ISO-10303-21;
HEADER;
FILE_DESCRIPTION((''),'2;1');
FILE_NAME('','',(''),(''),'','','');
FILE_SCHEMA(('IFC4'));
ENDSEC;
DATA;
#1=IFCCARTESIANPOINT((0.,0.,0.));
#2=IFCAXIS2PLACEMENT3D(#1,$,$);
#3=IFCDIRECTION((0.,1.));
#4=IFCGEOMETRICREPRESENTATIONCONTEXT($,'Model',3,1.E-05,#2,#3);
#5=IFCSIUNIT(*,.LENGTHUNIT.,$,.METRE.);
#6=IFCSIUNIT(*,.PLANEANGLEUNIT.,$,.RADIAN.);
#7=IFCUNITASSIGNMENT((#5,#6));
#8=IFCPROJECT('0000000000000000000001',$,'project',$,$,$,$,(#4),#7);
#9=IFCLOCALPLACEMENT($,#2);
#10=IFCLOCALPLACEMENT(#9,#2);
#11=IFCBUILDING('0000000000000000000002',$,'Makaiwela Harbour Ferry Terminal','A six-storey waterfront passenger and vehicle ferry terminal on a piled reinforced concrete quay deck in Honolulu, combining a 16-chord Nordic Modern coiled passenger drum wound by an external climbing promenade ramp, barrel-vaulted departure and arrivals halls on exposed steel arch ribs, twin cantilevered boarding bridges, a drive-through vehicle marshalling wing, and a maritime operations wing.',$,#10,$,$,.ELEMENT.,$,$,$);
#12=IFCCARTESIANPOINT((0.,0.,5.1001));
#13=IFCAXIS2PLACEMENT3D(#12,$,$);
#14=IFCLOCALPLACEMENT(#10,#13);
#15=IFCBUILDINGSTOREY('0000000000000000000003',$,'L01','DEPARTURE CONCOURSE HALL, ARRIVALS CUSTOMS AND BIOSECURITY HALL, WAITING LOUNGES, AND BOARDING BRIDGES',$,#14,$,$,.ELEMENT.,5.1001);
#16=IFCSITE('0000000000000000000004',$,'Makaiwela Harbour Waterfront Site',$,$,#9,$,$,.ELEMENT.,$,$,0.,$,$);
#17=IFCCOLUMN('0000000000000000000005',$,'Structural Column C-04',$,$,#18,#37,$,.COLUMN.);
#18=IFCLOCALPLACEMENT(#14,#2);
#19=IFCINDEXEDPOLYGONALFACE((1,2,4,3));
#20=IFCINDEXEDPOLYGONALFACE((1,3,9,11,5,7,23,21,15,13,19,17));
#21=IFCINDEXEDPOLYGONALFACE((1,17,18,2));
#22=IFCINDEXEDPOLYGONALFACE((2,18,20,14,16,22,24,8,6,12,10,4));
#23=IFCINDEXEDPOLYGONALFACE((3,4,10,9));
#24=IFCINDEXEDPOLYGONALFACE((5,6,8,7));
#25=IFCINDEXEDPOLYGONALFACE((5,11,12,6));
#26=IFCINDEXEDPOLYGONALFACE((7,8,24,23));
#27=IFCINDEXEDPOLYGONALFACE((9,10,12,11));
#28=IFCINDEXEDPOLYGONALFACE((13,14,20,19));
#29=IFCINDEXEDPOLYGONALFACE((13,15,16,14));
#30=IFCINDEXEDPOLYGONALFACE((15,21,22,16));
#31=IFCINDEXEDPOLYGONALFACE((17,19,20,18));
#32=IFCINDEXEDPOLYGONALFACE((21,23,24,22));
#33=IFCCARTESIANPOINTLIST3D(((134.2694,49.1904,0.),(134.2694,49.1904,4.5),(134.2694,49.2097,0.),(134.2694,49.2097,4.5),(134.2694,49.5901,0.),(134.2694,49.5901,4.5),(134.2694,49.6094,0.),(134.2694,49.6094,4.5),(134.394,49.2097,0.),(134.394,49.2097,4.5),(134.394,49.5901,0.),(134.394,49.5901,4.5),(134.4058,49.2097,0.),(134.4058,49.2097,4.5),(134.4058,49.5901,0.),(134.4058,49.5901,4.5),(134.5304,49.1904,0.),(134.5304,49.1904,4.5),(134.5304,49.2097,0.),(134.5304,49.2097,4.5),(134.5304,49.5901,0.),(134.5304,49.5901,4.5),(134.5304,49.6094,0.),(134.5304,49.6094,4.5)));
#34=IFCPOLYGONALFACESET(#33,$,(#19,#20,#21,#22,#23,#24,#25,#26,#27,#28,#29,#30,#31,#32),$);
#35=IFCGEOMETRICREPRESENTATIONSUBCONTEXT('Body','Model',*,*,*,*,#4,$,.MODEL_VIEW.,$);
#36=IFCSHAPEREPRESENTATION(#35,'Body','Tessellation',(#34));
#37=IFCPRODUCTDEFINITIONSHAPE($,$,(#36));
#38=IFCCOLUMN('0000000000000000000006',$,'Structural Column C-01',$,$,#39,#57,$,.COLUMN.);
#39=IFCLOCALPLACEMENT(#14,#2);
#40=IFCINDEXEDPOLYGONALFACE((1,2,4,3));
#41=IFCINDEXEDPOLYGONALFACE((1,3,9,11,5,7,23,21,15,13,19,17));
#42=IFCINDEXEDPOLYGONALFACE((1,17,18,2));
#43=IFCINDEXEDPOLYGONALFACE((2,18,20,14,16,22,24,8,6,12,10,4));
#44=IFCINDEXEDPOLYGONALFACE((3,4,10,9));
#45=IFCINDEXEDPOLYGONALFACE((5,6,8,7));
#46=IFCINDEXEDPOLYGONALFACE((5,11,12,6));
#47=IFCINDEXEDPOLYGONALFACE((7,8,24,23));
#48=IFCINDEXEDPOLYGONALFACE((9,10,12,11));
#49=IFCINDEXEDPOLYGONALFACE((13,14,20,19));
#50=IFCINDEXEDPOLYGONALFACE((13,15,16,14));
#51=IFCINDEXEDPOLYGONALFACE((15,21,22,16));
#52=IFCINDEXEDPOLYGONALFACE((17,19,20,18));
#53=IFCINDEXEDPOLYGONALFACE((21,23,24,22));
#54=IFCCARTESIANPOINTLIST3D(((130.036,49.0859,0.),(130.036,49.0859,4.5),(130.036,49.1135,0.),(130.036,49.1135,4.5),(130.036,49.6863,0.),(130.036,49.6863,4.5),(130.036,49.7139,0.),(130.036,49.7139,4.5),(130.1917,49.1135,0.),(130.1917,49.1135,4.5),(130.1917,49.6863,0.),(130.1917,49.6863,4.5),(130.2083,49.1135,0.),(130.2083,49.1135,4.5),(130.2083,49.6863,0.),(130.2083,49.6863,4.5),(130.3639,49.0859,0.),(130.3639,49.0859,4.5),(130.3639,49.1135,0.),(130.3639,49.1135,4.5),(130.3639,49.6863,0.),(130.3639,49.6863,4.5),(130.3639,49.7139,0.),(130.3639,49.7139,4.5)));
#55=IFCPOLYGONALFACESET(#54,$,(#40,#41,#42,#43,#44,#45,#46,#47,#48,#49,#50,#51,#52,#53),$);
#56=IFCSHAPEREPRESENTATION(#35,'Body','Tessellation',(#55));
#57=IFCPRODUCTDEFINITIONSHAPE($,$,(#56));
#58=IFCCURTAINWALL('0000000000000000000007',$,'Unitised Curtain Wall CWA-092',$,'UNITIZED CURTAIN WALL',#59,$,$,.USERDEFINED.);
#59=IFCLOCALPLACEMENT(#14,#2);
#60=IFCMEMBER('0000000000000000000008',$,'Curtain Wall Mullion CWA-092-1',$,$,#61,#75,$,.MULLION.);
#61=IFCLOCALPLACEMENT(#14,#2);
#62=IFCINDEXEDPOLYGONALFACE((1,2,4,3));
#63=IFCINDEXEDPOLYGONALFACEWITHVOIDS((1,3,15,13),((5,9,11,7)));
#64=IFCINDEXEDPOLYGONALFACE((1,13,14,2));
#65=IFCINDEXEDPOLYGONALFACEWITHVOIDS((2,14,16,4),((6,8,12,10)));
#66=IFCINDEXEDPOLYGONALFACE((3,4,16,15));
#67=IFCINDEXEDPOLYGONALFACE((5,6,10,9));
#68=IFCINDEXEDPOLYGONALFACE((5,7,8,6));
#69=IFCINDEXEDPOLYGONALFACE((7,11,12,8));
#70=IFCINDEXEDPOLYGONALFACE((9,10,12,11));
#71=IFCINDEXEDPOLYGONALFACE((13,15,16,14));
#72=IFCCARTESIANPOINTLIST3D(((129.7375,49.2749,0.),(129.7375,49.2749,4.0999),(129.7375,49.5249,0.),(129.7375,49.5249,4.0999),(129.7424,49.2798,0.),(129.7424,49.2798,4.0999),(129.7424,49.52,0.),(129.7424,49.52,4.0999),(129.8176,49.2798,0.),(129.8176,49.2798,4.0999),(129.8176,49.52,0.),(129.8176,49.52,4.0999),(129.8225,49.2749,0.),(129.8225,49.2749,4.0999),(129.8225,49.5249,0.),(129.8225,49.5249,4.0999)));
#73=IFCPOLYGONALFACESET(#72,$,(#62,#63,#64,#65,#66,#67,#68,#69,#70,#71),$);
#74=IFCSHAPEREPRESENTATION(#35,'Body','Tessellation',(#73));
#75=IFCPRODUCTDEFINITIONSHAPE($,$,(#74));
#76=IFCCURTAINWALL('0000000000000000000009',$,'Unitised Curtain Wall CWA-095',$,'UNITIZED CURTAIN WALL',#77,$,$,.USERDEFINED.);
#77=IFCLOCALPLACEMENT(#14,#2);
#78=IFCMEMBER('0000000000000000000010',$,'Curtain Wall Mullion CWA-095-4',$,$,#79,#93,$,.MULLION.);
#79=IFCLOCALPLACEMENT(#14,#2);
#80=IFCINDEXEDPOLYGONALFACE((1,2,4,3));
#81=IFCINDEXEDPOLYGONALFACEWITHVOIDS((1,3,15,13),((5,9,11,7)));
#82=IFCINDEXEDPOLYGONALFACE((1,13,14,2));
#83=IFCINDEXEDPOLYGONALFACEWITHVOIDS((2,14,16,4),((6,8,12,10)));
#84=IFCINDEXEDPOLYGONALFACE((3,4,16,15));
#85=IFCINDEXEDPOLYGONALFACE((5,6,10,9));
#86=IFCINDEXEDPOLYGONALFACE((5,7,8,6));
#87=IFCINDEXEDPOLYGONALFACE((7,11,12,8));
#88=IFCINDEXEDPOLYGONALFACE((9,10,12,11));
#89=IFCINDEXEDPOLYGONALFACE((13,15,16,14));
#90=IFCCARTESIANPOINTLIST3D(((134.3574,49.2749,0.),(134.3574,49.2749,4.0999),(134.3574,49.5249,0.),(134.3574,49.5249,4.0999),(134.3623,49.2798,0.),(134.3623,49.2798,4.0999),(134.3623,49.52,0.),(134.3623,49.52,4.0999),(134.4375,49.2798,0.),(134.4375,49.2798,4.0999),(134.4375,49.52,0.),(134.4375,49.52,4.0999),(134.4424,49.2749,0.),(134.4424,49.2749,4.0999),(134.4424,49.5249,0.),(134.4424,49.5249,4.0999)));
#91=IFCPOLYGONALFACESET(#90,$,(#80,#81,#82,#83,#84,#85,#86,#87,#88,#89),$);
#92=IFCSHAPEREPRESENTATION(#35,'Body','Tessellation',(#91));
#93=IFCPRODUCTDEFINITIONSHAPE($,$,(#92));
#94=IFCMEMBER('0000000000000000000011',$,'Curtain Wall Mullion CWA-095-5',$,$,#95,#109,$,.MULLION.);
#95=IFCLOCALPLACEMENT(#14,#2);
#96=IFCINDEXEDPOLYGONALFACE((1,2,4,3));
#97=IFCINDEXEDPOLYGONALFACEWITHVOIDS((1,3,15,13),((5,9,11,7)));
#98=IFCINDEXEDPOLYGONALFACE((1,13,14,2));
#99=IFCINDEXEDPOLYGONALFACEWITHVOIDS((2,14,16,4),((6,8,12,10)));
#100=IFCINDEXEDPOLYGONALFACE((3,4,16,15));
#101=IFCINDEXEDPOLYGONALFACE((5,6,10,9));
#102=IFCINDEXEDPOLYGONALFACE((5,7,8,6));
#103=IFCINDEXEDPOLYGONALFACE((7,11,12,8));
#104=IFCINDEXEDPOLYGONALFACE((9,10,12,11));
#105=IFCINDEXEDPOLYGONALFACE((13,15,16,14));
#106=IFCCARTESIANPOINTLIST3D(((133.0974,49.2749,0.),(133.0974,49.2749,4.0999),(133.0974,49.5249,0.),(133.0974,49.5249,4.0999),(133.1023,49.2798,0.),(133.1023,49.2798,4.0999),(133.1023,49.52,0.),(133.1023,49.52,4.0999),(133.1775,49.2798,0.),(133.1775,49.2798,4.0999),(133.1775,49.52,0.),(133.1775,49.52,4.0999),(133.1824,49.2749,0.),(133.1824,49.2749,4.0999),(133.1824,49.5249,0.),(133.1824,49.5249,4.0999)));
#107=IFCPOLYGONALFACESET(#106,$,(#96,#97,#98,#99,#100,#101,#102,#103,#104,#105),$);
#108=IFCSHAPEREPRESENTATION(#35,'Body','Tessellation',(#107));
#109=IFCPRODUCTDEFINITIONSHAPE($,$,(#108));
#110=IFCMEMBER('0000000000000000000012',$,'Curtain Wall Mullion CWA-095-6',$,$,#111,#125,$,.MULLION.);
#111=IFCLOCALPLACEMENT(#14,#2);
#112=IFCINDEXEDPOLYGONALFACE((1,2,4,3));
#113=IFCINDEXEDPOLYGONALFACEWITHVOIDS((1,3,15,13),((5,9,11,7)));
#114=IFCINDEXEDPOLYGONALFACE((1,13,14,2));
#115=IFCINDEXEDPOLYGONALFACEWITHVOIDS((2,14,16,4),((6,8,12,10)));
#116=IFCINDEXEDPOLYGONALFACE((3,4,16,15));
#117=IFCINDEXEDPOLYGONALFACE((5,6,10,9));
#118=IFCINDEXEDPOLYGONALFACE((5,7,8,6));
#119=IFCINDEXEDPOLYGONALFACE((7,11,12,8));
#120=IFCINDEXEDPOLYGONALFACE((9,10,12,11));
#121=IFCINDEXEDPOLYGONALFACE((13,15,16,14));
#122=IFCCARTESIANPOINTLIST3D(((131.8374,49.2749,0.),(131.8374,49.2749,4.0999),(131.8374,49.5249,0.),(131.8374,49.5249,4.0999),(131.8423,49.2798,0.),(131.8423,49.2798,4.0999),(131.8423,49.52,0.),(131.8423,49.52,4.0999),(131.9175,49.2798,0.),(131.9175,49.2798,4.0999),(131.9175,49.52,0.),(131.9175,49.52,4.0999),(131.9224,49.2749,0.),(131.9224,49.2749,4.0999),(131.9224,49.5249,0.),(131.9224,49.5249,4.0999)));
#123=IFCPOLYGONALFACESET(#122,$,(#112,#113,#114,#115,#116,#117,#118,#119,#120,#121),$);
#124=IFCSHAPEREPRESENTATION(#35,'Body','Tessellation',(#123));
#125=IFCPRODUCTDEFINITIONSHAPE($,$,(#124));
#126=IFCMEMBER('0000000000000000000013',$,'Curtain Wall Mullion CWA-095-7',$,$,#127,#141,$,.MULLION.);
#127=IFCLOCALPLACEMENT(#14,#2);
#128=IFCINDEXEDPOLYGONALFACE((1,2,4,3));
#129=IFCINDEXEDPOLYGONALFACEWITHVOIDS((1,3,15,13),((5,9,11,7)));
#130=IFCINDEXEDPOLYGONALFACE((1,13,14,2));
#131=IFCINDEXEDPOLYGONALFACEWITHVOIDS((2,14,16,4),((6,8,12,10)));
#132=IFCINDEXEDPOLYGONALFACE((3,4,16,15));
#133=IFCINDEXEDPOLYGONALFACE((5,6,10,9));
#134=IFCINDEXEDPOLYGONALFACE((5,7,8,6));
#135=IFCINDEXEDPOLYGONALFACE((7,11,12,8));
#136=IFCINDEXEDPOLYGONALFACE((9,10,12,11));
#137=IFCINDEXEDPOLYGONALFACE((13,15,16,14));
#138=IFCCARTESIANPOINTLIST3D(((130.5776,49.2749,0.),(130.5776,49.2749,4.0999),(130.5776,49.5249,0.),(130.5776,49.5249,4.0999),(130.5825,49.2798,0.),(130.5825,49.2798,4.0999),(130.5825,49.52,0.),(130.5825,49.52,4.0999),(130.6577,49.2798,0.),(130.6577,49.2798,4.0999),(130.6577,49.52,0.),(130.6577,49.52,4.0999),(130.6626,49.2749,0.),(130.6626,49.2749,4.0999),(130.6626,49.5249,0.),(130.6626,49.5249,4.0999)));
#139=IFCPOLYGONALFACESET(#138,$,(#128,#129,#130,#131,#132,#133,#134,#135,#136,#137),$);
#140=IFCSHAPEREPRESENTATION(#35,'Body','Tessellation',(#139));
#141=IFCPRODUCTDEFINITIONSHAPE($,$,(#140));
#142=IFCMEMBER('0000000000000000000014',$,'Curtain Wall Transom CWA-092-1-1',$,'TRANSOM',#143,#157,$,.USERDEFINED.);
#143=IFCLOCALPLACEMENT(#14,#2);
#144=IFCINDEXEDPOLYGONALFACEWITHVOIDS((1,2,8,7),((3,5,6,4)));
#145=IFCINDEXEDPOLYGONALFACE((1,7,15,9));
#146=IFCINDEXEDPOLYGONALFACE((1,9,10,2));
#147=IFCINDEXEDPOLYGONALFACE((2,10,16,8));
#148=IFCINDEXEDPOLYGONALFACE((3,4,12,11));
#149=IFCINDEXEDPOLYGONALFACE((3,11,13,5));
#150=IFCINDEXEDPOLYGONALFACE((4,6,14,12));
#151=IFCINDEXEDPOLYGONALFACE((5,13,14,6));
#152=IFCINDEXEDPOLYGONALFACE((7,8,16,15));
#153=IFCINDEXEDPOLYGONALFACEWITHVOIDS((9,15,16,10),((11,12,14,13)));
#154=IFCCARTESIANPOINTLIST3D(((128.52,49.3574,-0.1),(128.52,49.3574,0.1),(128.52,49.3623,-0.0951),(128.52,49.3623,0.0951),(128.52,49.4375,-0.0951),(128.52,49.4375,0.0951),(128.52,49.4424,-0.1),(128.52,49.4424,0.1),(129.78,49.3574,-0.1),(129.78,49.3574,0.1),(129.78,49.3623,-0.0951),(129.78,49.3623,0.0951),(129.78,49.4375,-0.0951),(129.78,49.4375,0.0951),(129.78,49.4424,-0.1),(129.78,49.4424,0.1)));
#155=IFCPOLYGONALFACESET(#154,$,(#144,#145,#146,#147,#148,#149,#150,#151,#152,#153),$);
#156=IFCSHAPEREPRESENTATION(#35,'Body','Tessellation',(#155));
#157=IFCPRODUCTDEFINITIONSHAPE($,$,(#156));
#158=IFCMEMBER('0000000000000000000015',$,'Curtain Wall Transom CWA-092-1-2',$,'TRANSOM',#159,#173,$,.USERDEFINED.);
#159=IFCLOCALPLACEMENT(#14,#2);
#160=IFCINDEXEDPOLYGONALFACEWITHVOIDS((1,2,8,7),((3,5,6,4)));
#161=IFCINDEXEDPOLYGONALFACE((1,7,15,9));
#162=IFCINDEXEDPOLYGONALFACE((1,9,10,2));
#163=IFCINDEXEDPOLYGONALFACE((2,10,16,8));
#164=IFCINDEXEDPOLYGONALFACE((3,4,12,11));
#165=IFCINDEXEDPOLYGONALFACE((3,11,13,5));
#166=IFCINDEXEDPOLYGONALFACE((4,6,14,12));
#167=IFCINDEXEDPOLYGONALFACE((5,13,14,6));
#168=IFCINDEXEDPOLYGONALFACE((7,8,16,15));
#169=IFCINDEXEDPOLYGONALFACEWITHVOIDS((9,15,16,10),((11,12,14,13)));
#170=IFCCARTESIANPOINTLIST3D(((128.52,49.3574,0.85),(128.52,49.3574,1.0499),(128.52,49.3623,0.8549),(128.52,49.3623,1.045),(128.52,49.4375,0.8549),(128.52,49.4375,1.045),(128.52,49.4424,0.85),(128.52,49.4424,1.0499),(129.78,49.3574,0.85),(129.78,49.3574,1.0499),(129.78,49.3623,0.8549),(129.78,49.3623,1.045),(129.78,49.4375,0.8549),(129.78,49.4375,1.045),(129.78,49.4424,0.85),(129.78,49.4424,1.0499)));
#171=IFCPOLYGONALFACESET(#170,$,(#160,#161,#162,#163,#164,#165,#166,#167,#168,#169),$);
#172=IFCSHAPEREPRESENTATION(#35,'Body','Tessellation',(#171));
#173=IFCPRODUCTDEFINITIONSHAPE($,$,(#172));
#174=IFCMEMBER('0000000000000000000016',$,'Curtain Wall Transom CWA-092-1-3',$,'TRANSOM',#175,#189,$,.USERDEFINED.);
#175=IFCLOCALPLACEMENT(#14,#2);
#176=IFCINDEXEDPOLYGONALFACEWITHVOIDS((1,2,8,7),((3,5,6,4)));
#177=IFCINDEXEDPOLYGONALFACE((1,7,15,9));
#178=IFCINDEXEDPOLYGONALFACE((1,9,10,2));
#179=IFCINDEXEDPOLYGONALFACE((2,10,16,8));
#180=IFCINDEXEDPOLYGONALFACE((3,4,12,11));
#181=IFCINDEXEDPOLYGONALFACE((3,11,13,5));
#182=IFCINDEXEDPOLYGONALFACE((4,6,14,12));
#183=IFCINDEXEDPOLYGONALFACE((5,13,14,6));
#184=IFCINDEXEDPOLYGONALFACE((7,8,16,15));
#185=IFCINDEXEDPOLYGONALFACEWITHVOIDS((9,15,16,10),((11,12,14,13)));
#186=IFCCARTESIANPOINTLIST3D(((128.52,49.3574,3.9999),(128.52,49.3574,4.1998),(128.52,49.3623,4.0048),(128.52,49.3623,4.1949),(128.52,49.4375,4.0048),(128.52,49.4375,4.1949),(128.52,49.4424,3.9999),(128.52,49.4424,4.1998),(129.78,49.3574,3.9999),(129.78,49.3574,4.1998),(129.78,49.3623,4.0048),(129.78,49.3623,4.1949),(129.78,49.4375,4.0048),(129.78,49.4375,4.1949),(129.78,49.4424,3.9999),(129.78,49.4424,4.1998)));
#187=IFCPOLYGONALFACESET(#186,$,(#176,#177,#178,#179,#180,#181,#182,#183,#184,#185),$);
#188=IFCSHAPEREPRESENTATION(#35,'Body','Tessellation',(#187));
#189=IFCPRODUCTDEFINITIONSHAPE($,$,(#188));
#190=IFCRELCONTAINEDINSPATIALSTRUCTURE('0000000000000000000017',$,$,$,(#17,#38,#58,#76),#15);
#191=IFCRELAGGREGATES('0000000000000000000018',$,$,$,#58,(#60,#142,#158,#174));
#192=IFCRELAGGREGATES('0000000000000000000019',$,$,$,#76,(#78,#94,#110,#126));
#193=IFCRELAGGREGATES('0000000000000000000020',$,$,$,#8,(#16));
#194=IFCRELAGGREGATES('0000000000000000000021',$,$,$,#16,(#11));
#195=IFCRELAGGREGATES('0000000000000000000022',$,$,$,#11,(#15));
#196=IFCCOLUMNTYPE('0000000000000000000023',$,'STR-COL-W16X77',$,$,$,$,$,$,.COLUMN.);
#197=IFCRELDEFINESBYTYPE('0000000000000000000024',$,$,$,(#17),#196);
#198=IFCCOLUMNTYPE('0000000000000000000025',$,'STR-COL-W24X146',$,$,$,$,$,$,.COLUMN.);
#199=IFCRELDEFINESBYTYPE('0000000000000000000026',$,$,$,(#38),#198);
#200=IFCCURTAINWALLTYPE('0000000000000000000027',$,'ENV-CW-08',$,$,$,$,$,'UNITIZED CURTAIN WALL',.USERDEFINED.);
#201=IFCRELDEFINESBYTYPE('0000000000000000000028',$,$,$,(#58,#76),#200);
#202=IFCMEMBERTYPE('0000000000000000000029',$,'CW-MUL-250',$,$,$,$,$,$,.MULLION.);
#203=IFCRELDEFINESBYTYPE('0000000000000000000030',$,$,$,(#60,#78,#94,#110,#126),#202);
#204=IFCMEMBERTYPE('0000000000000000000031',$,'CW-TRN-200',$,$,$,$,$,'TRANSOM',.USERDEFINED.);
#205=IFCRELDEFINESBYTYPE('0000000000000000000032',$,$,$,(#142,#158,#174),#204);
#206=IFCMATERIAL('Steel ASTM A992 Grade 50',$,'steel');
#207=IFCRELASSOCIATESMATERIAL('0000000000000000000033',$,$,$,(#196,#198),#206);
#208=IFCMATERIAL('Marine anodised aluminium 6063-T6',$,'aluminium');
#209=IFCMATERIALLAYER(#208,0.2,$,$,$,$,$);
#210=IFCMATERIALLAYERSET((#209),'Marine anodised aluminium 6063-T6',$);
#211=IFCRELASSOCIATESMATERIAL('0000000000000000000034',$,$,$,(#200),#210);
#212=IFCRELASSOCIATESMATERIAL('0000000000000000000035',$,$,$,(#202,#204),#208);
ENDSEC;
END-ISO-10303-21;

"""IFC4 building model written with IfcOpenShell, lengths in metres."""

from ifc_helpers import new_model, si_unit, direction, frame, origin, origin_2d, place, context, subcontext, project, spatial, hollow_rectangle, i_section, extrude, material, layer, layer_set, material_profile, profile_set, type_object, element, aggregate, save


model = new_model("IFC4")

# Units and contexts
model_context = context("Model", 3, precision=1e-05, world=origin(), true_north=direction((0.0, 1.0)))
body_context = subcontext(model_context, "Body", "Model", "MODEL_VIEW")
ifc_project = project(units=[si_unit("LENGTHUNIT", "METRE"), si_unit("PLANEANGLEUNIT", "RADIAN")], contexts=[model_context])

# Site, building, storey
site_placement = place(None, origin())
site = spatial("IfcSite", under=ifc_project, at=site_placement, Name="Makaiwela Harbour Waterfront Site", CompositionType="ELEMENT", RefElevation=0.0)
building_placement = place(site_placement, origin())
building = spatial("IfcBuilding", under=site, at=building_placement, Name="Makaiwela Harbour Ferry Terminal", Description="A six-storey waterfront passenger and vehicle ferry terminal on a piled reinforced concrete quay deck in Honolulu, combining a 16-chord Nordic Modern coiled passenger drum wound by an external climbing promenade ramp, barrel-vaulted departure and arrivals halls on exposed steel arch ribs, twin cantilevered boarding bridges, a drive-through vehicle marshalling wing, and a maritime operations wing.", CompositionType="ELEMENT")
storey_placement = place(building_placement, frame((0.0, 0.0, 5.1001)))
storey = spatial("IfcBuildingStorey", under=building, at=storey_placement, Name="L01", Description="DEPARTURE CONCOURSE HALL, ARRIVALS CUSTOMS AND BIOSECURITY HALL, WAITING LOUNGES, AND BOARDING BRIDGES", CompositionType="ELEMENT", Elevation=5.1001)

# Columns
ifc_material_1 = material(Name="Steel ASTM A992 Grade 50", Category="steel")
ifc_material_profile_1 = material_profile(ifc_material_1, i_section(OverallWidth=0.261, OverallDepth=0.4189, WebThickness=0.0117, FlangeThickness=0.0193, at=origin_2d()), Name="W16X77")
ifc_profile_set_1 = profile_set([ifc_material_profile_1], Name="Steel ASTM A992 Grade 50")
column_type_1 = type_object("IfcColumnType", Name="STR-COL-W16X77", PredefinedType="COLUMN", material=ifc_profile_set_1)
column_1_placement = place(storey_placement, frame((134.3999, 49.3999, 0.0), z_axis=(0.0, 0.0, 1.0), x_axis=(1.0, 0.0, 0.0)))
element("IfcColumn", 1, at=column_1_placement, inside=storey, type_object=column_type_1, Name="Structural Column C-04", PredefinedType="COLUMN", context=body_context, shape_type="SweptSolid", body=[
    extrude(i_section(OverallWidth=0.261, OverallDepth=0.4189, WebThickness=0.0117, FlangeThickness=0.0193, at=origin_2d()), origin(), (0.0, 0.0, 1.0), 4.5),
])
ifc_material_profile_2 = material_profile(ifc_material_1, i_section(OverallWidth=0.3279, OverallDepth=0.6279, WebThickness=0.0166, FlangeThickness=0.0276, at=origin_2d()), Name="W24X146")
ifc_profile_set_2 = profile_set([ifc_material_profile_2], Name="Steel ASTM A992 Grade 50")
column_type_2 = type_object("IfcColumnType", Name="STR-COL-W24X146", PredefinedType="COLUMN", material=ifc_profile_set_2)
column_2_placement = place(storey_placement, frame((130.2, 49.3999, 0.0), z_axis=(0.0, 0.0, 1.0), x_axis=(1.0, 0.0, 0.0)))
element("IfcColumn", 2, at=column_2_placement, inside=storey, type_object=column_type_2, Name="Structural Column C-01", PredefinedType="COLUMN", context=body_context, shape_type="SweptSolid", body=[
    extrude(i_section(OverallWidth=0.3279, OverallDepth=0.6279, WebThickness=0.0166, FlangeThickness=0.0276, at=origin_2d()), origin(), (0.0, 0.0, 1.0), 4.5),
])

# Curtain wall, member
ifc_material_2 = material(Name="Marine anodised aluminium 6063-T6", Category="aluminium")
ifc_layer_1 = layer(ifc_material_2, 0.2)
ifc_layer_set_1 = layer_set([ifc_layer_1], Name="Marine anodised aluminium 6063-T6")
curtain_wall_type = type_object("IfcCurtainWallType", Name="ENV-CW-08", ElementType="UNITIZED CURTAIN WALL", PredefinedType="USERDEFINED", material=ifc_layer_set_1)
curtain_wall_1_placement = place(storey_placement, origin())
curtain_wall_1 = element("IfcCurtainWall", 3, at=curtain_wall_1_placement, inside=storey, type_object=curtain_wall_type, Name="Unitised Curtain Wall CWA-092", ObjectType="UNITIZED CURTAIN WALL", PredefinedType="USERDEFINED")
ifc_material_profile_3 = material_profile(ifc_material_2, hollow_rectangle(XDim=0.085, YDim=0.25, WallThickness=0.0049, at=origin_2d()), Name="CWM-250X85")
ifc_profile_set_3 = profile_set([ifc_material_profile_3], Name="Marine anodised aluminium 6063-T6")
member_type_1 = type_object("IfcMemberType", Name="CW-MUL-250", PredefinedType="MULLION", material=ifc_profile_set_3)
member_1_placement = place(storey_placement, frame((129.78, 49.3999, 0.0), z_axis=(0.0, 0.0, 1.0), x_axis=(1.0, 0.0, 0.0)))
member_1 = element("IfcMember", 4, at=member_1_placement, type_object=member_type_1, Name="Curtain Wall Mullion CWA-092-1", PredefinedType="MULLION", context=body_context, shape_type="SweptSolid", body=[
    extrude(hollow_rectangle(XDim=0.085, YDim=0.25, WallThickness=0.0049, at=origin_2d()), origin(), (0.0, 0.0, 1.0), 4.0999),
])

# Curtain wall, members
curtain_wall_2_placement = place(storey_placement, origin())
curtain_wall_2 = element("IfcCurtainWall", 5, at=curtain_wall_2_placement, inside=storey, type_object=curtain_wall_type, Name="Unitised Curtain Wall CWA-095", ObjectType="UNITIZED CURTAIN WALL", PredefinedType="USERDEFINED")
member_2_placement = place(storey_placement, frame((134.3999, 49.3999, 0.0), z_axis=(0.0, 0.0, 1.0), x_axis=(1.0, 0.0, 0.0)))
member_2 = element("IfcMember", 6, at=member_2_placement, type_object=member_type_1, Name="Curtain Wall Mullion CWA-095-4", PredefinedType="MULLION", context=body_context, shape_type="SweptSolid", body=[
    extrude(hollow_rectangle(XDim=0.085, YDim=0.25, WallThickness=0.0049, at=origin_2d()), origin(), (0.0, 0.0, 1.0), 4.0999),
])
member_3_placement = place(storey_placement, frame((133.1399, 49.3999, 0.0), z_axis=(0.0, 0.0, 1.0), x_axis=(1.0, 0.0, 0.0)))
member_3 = element("IfcMember", 7, at=member_3_placement, type_object=member_type_1, Name="Curtain Wall Mullion CWA-095-5", PredefinedType="MULLION", context=body_context, shape_type="SweptSolid", body=[
    extrude(hollow_rectangle(XDim=0.085, YDim=0.25, WallThickness=0.0049, at=origin_2d()), origin(), (0.0, 0.0, 1.0), 4.0999),
])
member_4_placement = place(storey_placement, frame((131.8799, 49.3999, 0.0), z_axis=(0.0, 0.0, 1.0), x_axis=(1.0, 0.0, 0.0)))
member_4 = element("IfcMember", 8, at=member_4_placement, type_object=member_type_1, Name="Curtain Wall Mullion CWA-095-6", PredefinedType="MULLION", context=body_context, shape_type="SweptSolid", body=[
    extrude(hollow_rectangle(XDim=0.085, YDim=0.25, WallThickness=0.0049, at=origin_2d()), origin(), (0.0, 0.0, 1.0), 4.0999),
])
member_5_placement = place(storey_placement, frame((130.6201, 49.3999, 0.0), z_axis=(0.0, 0.0, 1.0), x_axis=(1.0, 0.0, 0.0)))
member_5 = element("IfcMember", 9, at=member_5_placement, type_object=member_type_1, Name="Curtain Wall Mullion CWA-095-7", PredefinedType="MULLION", context=body_context, shape_type="SweptSolid", body=[
    extrude(hollow_rectangle(XDim=0.085, YDim=0.25, WallThickness=0.0049, at=origin_2d()), origin(), (0.0, 0.0, 1.0), 4.0999),
])

# Members
ifc_material_profile_4 = material_profile(ifc_material_2, hollow_rectangle(XDim=0.085, YDim=0.2, WallThickness=0.0049, at=origin_2d()), Name="CWT-200X85")
ifc_profile_set_4 = profile_set([ifc_material_profile_4], Name="Marine anodised aluminium 6063-T6")
member_type_2 = type_object("IfcMemberType", Name="CW-TRN-200", ElementType="TRANSOM", PredefinedType="USERDEFINED", material=ifc_profile_set_4)
member_6_placement = place(storey_placement, frame((129.78, 49.3999, 0.0), z_axis=(-1.0, 0.0, 0.0), x_axis=(0.0, -1.0, 0.0)))
member_6 = element("IfcMember", 10, at=member_6_placement, type_object=member_type_2, Name="Curtain Wall Transom CWA-092-1-1", ObjectType="TRANSOM", PredefinedType="USERDEFINED", context=body_context, shape_type="SweptSolid", body=[
    extrude(hollow_rectangle(XDim=0.085, YDim=0.2, WallThickness=0.0049, at=origin_2d()), origin(), (0.0, 0.0, 1.0), 1.26),
])
member_7_placement = place(storey_placement, frame((129.78, 49.3999, 0.95), z_axis=(-1.0, 0.0, 0.0), x_axis=(0.0, -1.0, 0.0)))
member_7 = element("IfcMember", 11, at=member_7_placement, type_object=member_type_2, Name="Curtain Wall Transom CWA-092-1-2", ObjectType="TRANSOM", PredefinedType="USERDEFINED", context=body_context, shape_type="SweptSolid", body=[
    extrude(hollow_rectangle(XDim=0.085, YDim=0.2, WallThickness=0.0049, at=origin_2d()), origin(), (0.0, 0.0, 1.0), 1.26),
])
member_8_placement = place(storey_placement, frame((129.78, 49.3999, 4.0999), z_axis=(-1.0, 0.0, 0.0), x_axis=(0.0, -1.0, 0.0)))
member_8 = element("IfcMember", 12, at=member_8_placement, type_object=member_type_2, Name="Curtain Wall Transom CWA-092-1-3", ObjectType="TRANSOM", PredefinedType="USERDEFINED", context=body_context, shape_type="SweptSolid", body=[
    extrude(hollow_rectangle(XDim=0.085, YDim=0.2, WallThickness=0.0049, at=origin_2d()), origin(), (0.0, 0.0, 1.0), 1.26),
])

aggregate(curtain_wall_1, [member_1, member_6, member_7, member_8])
aggregate(curtain_wall_2, [member_2, member_3, member_4, member_5])

save(model, "model.ifc")
